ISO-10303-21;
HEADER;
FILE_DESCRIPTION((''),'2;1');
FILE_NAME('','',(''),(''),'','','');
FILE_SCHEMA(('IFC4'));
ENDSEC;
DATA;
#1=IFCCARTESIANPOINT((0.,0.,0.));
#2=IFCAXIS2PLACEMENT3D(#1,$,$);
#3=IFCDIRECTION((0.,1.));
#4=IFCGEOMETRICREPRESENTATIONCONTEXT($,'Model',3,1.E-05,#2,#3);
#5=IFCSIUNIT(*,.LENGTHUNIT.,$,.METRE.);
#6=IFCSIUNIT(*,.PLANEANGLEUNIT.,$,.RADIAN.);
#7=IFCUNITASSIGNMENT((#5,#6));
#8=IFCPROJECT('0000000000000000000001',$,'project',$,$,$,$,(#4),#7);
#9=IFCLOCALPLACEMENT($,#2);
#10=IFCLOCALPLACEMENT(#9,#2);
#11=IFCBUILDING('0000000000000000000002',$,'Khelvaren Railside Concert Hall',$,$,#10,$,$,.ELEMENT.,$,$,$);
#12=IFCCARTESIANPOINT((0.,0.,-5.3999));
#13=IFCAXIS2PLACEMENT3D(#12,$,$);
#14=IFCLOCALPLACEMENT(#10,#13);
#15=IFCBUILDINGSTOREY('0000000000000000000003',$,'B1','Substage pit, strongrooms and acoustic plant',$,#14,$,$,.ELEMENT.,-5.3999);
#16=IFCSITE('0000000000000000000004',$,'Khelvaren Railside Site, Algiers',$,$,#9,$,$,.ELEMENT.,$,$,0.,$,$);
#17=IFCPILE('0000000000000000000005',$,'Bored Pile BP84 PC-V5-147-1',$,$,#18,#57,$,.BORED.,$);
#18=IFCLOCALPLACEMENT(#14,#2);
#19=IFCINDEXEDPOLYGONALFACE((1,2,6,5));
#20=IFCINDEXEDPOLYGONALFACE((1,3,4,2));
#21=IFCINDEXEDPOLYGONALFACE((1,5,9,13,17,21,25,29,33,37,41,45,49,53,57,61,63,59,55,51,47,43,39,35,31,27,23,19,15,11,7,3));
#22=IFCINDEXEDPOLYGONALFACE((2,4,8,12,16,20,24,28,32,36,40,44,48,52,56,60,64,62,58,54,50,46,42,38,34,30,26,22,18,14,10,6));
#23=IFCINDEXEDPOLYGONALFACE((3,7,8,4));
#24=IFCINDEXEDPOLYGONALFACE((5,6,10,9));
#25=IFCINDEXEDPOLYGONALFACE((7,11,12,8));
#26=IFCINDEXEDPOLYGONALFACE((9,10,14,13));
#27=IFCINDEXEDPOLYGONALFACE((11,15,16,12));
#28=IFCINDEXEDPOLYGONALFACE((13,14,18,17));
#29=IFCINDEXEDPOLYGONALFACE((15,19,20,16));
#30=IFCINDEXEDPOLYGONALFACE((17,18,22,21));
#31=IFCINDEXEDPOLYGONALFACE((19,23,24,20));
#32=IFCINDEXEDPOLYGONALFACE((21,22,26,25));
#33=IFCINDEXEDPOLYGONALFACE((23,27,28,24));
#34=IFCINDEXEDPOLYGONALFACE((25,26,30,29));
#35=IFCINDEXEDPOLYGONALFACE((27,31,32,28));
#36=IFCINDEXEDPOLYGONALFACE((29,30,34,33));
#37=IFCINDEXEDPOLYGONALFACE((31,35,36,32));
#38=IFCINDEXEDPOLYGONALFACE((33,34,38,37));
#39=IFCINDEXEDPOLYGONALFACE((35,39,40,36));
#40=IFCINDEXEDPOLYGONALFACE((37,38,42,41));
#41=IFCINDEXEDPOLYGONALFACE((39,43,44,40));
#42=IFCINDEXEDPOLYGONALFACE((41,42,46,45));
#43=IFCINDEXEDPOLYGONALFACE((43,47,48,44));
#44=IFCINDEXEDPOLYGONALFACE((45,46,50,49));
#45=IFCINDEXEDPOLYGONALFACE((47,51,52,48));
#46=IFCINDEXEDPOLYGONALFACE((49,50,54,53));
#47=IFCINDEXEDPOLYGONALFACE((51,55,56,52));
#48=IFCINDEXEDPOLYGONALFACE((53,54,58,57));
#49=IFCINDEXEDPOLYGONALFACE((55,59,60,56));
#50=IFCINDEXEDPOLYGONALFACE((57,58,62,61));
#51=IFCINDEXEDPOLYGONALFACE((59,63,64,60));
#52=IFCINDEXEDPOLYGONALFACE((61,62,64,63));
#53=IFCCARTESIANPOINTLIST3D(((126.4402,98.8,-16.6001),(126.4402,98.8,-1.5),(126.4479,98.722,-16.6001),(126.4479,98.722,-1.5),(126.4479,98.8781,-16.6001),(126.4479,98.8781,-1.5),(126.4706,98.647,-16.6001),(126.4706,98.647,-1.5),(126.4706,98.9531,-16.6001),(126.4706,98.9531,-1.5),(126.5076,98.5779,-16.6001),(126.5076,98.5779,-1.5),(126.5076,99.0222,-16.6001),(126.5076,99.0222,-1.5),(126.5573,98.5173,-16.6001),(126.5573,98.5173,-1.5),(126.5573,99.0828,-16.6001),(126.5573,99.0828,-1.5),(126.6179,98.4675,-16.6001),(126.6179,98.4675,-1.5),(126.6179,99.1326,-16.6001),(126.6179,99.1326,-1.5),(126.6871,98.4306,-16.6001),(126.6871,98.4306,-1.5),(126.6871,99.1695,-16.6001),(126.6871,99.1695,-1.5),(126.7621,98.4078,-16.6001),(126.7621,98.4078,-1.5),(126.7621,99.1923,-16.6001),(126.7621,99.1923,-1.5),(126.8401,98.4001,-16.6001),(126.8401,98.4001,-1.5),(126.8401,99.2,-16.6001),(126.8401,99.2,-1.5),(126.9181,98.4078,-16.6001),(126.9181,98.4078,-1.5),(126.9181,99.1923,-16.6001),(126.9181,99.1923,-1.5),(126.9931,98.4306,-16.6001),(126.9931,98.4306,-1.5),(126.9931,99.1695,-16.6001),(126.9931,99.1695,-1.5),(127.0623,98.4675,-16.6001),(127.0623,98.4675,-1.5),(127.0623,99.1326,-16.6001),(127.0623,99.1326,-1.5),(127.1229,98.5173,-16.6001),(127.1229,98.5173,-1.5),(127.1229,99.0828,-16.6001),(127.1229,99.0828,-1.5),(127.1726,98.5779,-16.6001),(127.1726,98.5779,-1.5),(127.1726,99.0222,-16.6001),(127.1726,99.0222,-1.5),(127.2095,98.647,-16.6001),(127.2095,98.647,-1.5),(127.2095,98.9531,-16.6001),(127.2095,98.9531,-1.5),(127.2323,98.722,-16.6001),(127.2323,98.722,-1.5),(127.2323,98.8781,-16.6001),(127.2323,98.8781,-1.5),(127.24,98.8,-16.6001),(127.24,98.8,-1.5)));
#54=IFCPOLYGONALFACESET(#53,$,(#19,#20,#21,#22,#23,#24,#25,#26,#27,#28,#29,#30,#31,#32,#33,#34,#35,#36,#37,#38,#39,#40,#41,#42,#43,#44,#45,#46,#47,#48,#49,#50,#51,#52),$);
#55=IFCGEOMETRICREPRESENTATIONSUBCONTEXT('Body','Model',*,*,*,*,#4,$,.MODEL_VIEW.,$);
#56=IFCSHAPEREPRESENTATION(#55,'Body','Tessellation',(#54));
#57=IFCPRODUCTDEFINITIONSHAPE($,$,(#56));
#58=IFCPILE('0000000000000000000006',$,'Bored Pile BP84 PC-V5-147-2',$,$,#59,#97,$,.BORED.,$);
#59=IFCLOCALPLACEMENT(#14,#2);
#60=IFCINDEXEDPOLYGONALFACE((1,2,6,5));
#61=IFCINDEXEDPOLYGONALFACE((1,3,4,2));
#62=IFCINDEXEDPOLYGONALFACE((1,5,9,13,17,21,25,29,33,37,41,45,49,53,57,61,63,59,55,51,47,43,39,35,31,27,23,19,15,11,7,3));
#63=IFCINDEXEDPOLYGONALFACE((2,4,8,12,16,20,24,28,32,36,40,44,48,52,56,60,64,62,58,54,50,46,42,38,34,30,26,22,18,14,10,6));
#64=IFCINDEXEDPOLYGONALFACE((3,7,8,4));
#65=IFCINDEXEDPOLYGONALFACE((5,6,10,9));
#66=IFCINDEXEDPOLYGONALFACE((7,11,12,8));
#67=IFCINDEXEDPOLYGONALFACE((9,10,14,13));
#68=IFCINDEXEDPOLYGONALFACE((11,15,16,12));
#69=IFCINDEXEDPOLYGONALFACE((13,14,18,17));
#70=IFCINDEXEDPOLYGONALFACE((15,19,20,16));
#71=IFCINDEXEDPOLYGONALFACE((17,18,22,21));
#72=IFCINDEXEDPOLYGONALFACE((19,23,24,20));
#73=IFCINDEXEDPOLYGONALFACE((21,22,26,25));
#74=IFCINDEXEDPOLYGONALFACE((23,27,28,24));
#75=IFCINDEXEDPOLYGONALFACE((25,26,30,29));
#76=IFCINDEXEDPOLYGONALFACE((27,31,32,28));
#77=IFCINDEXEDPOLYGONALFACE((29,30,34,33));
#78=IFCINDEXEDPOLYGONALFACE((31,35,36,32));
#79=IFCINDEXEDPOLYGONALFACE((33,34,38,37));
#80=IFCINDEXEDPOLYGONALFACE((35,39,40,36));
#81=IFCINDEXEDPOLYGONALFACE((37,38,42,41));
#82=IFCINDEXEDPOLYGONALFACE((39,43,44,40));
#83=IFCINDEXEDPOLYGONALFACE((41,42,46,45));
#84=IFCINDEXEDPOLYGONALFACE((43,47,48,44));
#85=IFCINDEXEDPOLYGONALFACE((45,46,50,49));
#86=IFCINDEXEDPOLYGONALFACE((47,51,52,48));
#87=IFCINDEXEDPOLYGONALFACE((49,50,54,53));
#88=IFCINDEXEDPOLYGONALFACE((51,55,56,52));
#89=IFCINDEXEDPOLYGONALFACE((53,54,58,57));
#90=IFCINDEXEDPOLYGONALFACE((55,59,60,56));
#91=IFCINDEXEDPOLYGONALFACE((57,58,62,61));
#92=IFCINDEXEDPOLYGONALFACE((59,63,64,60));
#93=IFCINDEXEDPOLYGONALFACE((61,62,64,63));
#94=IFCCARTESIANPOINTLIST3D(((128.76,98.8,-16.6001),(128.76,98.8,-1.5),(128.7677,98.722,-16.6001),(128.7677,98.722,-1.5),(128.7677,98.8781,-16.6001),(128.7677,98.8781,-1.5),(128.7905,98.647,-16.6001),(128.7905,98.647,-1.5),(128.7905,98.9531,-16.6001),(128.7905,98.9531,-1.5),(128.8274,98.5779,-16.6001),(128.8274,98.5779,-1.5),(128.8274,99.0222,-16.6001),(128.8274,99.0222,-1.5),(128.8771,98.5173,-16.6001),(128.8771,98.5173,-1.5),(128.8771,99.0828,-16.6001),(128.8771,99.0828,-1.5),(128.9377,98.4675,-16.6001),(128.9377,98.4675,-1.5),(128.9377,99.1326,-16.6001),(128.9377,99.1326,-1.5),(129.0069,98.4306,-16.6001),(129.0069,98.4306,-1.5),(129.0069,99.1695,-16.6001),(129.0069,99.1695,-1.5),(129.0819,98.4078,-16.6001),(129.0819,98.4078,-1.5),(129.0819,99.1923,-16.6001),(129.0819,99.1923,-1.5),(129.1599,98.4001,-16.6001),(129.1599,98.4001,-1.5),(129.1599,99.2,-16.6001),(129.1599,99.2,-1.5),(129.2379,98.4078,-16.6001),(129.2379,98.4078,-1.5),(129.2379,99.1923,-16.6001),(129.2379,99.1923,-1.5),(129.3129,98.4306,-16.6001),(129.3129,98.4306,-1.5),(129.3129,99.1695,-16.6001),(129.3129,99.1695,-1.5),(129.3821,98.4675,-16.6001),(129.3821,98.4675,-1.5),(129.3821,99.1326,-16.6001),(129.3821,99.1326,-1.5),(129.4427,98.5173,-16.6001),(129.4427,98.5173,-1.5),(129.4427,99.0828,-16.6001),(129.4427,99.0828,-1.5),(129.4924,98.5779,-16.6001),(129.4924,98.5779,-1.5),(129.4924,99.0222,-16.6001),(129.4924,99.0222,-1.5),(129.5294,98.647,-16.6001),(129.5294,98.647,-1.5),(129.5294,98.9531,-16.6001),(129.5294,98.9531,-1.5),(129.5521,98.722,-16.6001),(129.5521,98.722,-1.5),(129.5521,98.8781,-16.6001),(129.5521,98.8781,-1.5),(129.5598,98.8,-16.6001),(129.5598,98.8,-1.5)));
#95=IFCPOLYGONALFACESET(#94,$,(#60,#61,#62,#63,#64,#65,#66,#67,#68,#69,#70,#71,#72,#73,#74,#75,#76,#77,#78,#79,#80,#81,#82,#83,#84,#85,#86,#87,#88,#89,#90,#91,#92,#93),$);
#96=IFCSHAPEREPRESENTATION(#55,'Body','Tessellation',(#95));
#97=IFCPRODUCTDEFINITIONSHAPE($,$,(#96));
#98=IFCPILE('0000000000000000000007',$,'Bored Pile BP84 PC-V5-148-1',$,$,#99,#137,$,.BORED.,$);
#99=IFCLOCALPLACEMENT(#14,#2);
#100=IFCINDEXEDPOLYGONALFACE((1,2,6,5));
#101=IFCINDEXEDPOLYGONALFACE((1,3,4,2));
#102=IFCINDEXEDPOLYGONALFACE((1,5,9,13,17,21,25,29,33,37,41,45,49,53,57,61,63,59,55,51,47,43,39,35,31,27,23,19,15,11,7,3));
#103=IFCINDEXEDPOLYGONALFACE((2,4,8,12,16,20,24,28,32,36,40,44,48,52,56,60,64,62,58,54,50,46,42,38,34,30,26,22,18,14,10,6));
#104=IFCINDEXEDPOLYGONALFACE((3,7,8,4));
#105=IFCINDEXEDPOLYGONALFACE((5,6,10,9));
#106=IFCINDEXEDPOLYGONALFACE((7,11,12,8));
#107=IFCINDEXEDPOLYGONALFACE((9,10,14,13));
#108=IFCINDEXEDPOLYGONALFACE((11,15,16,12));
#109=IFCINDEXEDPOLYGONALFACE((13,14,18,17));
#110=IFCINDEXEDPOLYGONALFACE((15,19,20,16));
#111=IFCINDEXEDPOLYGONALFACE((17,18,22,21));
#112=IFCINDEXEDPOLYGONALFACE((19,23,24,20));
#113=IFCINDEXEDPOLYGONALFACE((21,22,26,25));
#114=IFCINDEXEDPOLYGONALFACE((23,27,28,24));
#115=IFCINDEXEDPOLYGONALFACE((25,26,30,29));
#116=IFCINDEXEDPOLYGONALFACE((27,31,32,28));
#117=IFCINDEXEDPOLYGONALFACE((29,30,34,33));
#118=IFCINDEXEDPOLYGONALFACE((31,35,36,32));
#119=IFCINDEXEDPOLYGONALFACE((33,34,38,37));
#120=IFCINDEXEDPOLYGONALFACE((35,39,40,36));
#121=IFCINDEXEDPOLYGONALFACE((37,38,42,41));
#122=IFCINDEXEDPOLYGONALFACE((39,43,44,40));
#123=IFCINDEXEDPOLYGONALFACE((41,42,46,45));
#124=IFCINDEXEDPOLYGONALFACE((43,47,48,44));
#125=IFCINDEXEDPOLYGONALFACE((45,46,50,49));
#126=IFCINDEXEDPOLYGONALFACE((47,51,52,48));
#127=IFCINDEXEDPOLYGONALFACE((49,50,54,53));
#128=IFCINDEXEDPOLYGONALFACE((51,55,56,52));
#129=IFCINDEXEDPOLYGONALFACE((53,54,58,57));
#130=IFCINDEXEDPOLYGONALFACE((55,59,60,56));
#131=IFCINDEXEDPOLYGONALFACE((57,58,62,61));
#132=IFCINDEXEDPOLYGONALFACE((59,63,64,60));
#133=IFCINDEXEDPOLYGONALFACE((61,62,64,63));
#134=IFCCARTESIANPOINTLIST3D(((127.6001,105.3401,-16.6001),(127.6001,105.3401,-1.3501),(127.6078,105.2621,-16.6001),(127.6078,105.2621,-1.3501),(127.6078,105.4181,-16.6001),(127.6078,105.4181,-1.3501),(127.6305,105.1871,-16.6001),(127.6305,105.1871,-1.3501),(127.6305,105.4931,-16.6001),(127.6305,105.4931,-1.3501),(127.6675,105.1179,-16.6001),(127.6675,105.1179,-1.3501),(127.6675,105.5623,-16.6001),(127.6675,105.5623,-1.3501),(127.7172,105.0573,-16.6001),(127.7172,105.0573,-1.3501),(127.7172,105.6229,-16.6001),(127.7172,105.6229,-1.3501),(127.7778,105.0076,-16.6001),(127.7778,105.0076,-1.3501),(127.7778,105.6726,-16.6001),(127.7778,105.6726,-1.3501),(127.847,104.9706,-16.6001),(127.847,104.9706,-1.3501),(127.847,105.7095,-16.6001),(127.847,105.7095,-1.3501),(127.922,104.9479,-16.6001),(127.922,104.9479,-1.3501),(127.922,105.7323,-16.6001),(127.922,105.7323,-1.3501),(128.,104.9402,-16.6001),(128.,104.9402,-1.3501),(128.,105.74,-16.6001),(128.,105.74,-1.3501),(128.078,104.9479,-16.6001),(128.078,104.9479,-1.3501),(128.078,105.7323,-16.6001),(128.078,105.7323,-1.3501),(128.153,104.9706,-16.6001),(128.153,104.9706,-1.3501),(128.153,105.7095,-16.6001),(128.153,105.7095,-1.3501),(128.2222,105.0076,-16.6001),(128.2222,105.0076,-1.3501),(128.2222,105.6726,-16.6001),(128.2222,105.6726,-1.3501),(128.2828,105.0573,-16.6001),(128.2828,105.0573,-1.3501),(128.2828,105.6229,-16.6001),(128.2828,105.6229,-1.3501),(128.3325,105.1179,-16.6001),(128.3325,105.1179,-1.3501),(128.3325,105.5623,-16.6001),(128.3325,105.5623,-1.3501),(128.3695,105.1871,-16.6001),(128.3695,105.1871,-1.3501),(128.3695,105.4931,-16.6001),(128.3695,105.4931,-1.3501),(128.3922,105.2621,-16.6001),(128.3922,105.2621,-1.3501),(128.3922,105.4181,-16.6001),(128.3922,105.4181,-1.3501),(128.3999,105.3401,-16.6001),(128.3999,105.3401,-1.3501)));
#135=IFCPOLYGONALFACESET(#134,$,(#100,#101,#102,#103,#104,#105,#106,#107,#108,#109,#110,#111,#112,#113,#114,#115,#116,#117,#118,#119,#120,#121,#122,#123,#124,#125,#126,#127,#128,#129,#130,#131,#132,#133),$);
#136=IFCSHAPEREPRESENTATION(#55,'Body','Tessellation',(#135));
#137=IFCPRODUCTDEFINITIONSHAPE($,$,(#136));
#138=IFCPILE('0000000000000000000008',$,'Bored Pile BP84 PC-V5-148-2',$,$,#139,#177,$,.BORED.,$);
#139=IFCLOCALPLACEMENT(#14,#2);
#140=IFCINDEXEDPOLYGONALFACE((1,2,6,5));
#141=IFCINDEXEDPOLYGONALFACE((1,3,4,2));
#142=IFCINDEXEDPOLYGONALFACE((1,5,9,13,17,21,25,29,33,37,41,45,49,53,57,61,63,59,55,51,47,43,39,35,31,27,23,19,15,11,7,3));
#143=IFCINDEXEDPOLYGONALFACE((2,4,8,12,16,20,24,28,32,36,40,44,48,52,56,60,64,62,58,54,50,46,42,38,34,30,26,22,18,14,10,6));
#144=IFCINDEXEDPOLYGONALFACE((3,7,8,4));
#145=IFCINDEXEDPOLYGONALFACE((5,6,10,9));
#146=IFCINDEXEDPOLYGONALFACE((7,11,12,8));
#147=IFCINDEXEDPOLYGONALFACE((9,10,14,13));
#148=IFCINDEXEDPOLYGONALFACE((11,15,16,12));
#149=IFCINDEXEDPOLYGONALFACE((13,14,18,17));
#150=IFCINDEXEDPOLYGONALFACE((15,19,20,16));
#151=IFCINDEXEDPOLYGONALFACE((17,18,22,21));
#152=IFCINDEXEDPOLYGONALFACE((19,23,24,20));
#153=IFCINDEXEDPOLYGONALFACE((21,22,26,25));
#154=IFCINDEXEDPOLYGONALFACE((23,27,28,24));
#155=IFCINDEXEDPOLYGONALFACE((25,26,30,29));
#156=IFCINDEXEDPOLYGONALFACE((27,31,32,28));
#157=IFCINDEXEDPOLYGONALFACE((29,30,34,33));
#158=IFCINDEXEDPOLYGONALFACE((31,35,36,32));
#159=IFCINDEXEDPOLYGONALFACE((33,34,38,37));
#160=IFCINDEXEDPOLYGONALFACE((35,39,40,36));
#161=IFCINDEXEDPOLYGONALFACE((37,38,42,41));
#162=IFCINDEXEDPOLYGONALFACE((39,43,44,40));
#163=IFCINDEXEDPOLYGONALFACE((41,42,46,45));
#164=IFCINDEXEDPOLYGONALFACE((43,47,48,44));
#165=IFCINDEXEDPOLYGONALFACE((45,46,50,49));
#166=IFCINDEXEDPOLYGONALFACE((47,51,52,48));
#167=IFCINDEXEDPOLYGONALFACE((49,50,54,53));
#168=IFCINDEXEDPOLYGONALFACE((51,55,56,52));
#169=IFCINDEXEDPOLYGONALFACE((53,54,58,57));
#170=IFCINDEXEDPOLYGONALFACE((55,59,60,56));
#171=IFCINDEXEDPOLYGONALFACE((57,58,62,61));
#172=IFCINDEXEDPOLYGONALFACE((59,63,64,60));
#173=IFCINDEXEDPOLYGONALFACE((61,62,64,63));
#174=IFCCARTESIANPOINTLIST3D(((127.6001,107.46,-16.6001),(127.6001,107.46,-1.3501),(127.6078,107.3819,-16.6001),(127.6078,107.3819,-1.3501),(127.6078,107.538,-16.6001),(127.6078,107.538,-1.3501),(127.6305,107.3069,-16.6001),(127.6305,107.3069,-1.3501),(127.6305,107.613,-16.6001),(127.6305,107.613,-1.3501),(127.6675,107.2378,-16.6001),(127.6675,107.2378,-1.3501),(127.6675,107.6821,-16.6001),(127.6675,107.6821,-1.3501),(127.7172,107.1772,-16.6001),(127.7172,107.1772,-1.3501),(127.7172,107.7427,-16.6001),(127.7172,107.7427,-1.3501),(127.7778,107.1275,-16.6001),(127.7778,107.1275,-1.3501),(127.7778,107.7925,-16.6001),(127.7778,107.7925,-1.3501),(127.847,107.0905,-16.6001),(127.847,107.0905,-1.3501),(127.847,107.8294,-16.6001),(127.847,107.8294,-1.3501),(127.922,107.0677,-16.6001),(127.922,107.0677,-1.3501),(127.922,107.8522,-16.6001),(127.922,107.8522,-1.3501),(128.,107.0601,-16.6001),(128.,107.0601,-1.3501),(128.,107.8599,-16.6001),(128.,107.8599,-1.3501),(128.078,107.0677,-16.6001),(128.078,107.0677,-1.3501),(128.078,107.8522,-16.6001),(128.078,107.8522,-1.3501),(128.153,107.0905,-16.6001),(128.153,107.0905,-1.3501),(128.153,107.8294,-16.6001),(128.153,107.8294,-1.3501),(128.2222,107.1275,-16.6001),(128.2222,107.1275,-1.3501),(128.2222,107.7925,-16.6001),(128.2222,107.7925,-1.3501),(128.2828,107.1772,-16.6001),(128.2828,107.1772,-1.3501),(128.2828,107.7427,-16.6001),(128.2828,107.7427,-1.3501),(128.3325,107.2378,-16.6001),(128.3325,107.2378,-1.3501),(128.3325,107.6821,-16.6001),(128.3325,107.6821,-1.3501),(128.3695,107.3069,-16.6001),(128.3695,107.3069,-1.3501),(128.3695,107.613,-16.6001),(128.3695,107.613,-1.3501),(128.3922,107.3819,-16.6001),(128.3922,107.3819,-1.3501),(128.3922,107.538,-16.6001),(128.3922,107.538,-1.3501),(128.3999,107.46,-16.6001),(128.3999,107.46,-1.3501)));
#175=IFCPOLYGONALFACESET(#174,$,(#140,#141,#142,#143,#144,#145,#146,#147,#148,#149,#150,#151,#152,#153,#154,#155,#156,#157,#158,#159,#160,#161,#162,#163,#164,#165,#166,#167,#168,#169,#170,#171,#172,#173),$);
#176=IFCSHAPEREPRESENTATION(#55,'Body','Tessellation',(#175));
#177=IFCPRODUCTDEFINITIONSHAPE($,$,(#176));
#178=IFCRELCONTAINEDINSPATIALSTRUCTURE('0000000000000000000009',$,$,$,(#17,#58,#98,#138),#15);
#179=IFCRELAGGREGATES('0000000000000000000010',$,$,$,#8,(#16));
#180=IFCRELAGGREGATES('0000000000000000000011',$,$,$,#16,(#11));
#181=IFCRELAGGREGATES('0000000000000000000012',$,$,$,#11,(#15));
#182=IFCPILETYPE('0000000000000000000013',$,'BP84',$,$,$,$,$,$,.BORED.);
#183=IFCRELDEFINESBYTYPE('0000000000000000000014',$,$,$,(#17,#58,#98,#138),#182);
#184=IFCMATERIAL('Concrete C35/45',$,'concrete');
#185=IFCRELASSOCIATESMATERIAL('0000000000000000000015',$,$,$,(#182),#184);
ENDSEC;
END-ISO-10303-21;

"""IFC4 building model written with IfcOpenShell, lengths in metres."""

from ifc_helpers import new_model, si_unit, direction, frame, origin, origin_2d, place, context, subcontext, project, spatial, circle, extrude, material, material_profile, profile_set, type_object, element, save


model = new_model("IFC4")

# Units and contexts
model_context = context("Model", 3, precision=1e-05, world=origin(), true_north=direction((0.0, 1.0)))
body_context = subcontext(model_context, "Body", "Model", "MODEL_VIEW")
ifc_project = project(units=[si_unit("LENGTHUNIT", "METRE"), si_unit("PLANEANGLEUNIT", "RADIAN")], contexts=[model_context])

# Site, building, storey
site_placement = place(None, origin())
site = spatial("IfcSite", under=ifc_project, at=site_placement, Name="Khelvaren Railside Site, Algiers", CompositionType="ELEMENT", RefElevation=0.0)
building_placement = place(site_placement, origin())
building = spatial("IfcBuilding", under=site, at=building_placement, Name="Khelvaren Railside Concert Hall", CompositionType="ELEMENT")
storey_placement = place(building_placement, frame((0.0, 0.0, -5.3999)))
storey = spatial("IfcBuildingStorey", under=building, at=storey_placement, Name="B1", Description="Substage pit, strongrooms and acoustic plant", CompositionType="ELEMENT", Elevation=-5.3999)

# Piles
ifc_material_1 = material(Name="Concrete C35/45", Category="concrete")
ifc_material_profile_1 = material_profile(ifc_material_1, circle(Radius=0.3999, at=origin_2d()), Name="BP D800")
ifc_profile_set_1 = profile_set([ifc_material_profile_1], Name="Concrete C35/45")
pile_type = type_object("IfcPileType", Name="BP84", PredefinedType="BORED", material=ifc_profile_set_1)
for number, where, z_axis, x_axis, name in (
    (1, (126.8401, 98.8, -1.5), (0.0, 0.0, -1.0), (1.0, 0.0, 0.0), "Bored Pile BP84 PC-V5-147-1"),
    (2, (129.1599, 98.8, -1.5), (0.0, 0.0, -1.0), (1.0, 0.0, 0.0), "Bored Pile BP84 PC-V5-147-2"),
):
    element("IfcPile", number, at=place(storey_placement, frame(where, z_axis=z_axis, x_axis=x_axis)), inside=storey, type_object=pile_type, Name=name, PredefinedType="BORED", context=body_context, shape_type="SweptSolid", body=[
        extrude(circle(Radius=0.3999, at=origin_2d()), origin(), (0.0, 0.0, 1.0), 15.1001),
    ])
for number, where, z_axis, x_axis, name in (
    (3, (128.0, 105.3401, -1.3501), (0.0, 0.0, -1.0), (1.0, 0.0, 0.0), "Bored Pile BP84 PC-V5-148-1"),
    (4, (128.0, 107.46, -1.3501), (0.0, 0.0, -1.0), (1.0, 0.0, 0.0), "Bored Pile BP84 PC-V5-148-2"),
):
    element("IfcPile", number, at=place(storey_placement, frame(where, z_axis=z_axis, x_axis=x_axis)), inside=storey, type_object=pile_type, Name=name, PredefinedType="BORED", context=body_context, shape_type="SweptSolid", body=[
        extrude(circle(Radius=0.3999, at=origin_2d()), origin(), (0.0, 0.0, 1.0), 15.25),
    ])

save(model, "model.ifc")
